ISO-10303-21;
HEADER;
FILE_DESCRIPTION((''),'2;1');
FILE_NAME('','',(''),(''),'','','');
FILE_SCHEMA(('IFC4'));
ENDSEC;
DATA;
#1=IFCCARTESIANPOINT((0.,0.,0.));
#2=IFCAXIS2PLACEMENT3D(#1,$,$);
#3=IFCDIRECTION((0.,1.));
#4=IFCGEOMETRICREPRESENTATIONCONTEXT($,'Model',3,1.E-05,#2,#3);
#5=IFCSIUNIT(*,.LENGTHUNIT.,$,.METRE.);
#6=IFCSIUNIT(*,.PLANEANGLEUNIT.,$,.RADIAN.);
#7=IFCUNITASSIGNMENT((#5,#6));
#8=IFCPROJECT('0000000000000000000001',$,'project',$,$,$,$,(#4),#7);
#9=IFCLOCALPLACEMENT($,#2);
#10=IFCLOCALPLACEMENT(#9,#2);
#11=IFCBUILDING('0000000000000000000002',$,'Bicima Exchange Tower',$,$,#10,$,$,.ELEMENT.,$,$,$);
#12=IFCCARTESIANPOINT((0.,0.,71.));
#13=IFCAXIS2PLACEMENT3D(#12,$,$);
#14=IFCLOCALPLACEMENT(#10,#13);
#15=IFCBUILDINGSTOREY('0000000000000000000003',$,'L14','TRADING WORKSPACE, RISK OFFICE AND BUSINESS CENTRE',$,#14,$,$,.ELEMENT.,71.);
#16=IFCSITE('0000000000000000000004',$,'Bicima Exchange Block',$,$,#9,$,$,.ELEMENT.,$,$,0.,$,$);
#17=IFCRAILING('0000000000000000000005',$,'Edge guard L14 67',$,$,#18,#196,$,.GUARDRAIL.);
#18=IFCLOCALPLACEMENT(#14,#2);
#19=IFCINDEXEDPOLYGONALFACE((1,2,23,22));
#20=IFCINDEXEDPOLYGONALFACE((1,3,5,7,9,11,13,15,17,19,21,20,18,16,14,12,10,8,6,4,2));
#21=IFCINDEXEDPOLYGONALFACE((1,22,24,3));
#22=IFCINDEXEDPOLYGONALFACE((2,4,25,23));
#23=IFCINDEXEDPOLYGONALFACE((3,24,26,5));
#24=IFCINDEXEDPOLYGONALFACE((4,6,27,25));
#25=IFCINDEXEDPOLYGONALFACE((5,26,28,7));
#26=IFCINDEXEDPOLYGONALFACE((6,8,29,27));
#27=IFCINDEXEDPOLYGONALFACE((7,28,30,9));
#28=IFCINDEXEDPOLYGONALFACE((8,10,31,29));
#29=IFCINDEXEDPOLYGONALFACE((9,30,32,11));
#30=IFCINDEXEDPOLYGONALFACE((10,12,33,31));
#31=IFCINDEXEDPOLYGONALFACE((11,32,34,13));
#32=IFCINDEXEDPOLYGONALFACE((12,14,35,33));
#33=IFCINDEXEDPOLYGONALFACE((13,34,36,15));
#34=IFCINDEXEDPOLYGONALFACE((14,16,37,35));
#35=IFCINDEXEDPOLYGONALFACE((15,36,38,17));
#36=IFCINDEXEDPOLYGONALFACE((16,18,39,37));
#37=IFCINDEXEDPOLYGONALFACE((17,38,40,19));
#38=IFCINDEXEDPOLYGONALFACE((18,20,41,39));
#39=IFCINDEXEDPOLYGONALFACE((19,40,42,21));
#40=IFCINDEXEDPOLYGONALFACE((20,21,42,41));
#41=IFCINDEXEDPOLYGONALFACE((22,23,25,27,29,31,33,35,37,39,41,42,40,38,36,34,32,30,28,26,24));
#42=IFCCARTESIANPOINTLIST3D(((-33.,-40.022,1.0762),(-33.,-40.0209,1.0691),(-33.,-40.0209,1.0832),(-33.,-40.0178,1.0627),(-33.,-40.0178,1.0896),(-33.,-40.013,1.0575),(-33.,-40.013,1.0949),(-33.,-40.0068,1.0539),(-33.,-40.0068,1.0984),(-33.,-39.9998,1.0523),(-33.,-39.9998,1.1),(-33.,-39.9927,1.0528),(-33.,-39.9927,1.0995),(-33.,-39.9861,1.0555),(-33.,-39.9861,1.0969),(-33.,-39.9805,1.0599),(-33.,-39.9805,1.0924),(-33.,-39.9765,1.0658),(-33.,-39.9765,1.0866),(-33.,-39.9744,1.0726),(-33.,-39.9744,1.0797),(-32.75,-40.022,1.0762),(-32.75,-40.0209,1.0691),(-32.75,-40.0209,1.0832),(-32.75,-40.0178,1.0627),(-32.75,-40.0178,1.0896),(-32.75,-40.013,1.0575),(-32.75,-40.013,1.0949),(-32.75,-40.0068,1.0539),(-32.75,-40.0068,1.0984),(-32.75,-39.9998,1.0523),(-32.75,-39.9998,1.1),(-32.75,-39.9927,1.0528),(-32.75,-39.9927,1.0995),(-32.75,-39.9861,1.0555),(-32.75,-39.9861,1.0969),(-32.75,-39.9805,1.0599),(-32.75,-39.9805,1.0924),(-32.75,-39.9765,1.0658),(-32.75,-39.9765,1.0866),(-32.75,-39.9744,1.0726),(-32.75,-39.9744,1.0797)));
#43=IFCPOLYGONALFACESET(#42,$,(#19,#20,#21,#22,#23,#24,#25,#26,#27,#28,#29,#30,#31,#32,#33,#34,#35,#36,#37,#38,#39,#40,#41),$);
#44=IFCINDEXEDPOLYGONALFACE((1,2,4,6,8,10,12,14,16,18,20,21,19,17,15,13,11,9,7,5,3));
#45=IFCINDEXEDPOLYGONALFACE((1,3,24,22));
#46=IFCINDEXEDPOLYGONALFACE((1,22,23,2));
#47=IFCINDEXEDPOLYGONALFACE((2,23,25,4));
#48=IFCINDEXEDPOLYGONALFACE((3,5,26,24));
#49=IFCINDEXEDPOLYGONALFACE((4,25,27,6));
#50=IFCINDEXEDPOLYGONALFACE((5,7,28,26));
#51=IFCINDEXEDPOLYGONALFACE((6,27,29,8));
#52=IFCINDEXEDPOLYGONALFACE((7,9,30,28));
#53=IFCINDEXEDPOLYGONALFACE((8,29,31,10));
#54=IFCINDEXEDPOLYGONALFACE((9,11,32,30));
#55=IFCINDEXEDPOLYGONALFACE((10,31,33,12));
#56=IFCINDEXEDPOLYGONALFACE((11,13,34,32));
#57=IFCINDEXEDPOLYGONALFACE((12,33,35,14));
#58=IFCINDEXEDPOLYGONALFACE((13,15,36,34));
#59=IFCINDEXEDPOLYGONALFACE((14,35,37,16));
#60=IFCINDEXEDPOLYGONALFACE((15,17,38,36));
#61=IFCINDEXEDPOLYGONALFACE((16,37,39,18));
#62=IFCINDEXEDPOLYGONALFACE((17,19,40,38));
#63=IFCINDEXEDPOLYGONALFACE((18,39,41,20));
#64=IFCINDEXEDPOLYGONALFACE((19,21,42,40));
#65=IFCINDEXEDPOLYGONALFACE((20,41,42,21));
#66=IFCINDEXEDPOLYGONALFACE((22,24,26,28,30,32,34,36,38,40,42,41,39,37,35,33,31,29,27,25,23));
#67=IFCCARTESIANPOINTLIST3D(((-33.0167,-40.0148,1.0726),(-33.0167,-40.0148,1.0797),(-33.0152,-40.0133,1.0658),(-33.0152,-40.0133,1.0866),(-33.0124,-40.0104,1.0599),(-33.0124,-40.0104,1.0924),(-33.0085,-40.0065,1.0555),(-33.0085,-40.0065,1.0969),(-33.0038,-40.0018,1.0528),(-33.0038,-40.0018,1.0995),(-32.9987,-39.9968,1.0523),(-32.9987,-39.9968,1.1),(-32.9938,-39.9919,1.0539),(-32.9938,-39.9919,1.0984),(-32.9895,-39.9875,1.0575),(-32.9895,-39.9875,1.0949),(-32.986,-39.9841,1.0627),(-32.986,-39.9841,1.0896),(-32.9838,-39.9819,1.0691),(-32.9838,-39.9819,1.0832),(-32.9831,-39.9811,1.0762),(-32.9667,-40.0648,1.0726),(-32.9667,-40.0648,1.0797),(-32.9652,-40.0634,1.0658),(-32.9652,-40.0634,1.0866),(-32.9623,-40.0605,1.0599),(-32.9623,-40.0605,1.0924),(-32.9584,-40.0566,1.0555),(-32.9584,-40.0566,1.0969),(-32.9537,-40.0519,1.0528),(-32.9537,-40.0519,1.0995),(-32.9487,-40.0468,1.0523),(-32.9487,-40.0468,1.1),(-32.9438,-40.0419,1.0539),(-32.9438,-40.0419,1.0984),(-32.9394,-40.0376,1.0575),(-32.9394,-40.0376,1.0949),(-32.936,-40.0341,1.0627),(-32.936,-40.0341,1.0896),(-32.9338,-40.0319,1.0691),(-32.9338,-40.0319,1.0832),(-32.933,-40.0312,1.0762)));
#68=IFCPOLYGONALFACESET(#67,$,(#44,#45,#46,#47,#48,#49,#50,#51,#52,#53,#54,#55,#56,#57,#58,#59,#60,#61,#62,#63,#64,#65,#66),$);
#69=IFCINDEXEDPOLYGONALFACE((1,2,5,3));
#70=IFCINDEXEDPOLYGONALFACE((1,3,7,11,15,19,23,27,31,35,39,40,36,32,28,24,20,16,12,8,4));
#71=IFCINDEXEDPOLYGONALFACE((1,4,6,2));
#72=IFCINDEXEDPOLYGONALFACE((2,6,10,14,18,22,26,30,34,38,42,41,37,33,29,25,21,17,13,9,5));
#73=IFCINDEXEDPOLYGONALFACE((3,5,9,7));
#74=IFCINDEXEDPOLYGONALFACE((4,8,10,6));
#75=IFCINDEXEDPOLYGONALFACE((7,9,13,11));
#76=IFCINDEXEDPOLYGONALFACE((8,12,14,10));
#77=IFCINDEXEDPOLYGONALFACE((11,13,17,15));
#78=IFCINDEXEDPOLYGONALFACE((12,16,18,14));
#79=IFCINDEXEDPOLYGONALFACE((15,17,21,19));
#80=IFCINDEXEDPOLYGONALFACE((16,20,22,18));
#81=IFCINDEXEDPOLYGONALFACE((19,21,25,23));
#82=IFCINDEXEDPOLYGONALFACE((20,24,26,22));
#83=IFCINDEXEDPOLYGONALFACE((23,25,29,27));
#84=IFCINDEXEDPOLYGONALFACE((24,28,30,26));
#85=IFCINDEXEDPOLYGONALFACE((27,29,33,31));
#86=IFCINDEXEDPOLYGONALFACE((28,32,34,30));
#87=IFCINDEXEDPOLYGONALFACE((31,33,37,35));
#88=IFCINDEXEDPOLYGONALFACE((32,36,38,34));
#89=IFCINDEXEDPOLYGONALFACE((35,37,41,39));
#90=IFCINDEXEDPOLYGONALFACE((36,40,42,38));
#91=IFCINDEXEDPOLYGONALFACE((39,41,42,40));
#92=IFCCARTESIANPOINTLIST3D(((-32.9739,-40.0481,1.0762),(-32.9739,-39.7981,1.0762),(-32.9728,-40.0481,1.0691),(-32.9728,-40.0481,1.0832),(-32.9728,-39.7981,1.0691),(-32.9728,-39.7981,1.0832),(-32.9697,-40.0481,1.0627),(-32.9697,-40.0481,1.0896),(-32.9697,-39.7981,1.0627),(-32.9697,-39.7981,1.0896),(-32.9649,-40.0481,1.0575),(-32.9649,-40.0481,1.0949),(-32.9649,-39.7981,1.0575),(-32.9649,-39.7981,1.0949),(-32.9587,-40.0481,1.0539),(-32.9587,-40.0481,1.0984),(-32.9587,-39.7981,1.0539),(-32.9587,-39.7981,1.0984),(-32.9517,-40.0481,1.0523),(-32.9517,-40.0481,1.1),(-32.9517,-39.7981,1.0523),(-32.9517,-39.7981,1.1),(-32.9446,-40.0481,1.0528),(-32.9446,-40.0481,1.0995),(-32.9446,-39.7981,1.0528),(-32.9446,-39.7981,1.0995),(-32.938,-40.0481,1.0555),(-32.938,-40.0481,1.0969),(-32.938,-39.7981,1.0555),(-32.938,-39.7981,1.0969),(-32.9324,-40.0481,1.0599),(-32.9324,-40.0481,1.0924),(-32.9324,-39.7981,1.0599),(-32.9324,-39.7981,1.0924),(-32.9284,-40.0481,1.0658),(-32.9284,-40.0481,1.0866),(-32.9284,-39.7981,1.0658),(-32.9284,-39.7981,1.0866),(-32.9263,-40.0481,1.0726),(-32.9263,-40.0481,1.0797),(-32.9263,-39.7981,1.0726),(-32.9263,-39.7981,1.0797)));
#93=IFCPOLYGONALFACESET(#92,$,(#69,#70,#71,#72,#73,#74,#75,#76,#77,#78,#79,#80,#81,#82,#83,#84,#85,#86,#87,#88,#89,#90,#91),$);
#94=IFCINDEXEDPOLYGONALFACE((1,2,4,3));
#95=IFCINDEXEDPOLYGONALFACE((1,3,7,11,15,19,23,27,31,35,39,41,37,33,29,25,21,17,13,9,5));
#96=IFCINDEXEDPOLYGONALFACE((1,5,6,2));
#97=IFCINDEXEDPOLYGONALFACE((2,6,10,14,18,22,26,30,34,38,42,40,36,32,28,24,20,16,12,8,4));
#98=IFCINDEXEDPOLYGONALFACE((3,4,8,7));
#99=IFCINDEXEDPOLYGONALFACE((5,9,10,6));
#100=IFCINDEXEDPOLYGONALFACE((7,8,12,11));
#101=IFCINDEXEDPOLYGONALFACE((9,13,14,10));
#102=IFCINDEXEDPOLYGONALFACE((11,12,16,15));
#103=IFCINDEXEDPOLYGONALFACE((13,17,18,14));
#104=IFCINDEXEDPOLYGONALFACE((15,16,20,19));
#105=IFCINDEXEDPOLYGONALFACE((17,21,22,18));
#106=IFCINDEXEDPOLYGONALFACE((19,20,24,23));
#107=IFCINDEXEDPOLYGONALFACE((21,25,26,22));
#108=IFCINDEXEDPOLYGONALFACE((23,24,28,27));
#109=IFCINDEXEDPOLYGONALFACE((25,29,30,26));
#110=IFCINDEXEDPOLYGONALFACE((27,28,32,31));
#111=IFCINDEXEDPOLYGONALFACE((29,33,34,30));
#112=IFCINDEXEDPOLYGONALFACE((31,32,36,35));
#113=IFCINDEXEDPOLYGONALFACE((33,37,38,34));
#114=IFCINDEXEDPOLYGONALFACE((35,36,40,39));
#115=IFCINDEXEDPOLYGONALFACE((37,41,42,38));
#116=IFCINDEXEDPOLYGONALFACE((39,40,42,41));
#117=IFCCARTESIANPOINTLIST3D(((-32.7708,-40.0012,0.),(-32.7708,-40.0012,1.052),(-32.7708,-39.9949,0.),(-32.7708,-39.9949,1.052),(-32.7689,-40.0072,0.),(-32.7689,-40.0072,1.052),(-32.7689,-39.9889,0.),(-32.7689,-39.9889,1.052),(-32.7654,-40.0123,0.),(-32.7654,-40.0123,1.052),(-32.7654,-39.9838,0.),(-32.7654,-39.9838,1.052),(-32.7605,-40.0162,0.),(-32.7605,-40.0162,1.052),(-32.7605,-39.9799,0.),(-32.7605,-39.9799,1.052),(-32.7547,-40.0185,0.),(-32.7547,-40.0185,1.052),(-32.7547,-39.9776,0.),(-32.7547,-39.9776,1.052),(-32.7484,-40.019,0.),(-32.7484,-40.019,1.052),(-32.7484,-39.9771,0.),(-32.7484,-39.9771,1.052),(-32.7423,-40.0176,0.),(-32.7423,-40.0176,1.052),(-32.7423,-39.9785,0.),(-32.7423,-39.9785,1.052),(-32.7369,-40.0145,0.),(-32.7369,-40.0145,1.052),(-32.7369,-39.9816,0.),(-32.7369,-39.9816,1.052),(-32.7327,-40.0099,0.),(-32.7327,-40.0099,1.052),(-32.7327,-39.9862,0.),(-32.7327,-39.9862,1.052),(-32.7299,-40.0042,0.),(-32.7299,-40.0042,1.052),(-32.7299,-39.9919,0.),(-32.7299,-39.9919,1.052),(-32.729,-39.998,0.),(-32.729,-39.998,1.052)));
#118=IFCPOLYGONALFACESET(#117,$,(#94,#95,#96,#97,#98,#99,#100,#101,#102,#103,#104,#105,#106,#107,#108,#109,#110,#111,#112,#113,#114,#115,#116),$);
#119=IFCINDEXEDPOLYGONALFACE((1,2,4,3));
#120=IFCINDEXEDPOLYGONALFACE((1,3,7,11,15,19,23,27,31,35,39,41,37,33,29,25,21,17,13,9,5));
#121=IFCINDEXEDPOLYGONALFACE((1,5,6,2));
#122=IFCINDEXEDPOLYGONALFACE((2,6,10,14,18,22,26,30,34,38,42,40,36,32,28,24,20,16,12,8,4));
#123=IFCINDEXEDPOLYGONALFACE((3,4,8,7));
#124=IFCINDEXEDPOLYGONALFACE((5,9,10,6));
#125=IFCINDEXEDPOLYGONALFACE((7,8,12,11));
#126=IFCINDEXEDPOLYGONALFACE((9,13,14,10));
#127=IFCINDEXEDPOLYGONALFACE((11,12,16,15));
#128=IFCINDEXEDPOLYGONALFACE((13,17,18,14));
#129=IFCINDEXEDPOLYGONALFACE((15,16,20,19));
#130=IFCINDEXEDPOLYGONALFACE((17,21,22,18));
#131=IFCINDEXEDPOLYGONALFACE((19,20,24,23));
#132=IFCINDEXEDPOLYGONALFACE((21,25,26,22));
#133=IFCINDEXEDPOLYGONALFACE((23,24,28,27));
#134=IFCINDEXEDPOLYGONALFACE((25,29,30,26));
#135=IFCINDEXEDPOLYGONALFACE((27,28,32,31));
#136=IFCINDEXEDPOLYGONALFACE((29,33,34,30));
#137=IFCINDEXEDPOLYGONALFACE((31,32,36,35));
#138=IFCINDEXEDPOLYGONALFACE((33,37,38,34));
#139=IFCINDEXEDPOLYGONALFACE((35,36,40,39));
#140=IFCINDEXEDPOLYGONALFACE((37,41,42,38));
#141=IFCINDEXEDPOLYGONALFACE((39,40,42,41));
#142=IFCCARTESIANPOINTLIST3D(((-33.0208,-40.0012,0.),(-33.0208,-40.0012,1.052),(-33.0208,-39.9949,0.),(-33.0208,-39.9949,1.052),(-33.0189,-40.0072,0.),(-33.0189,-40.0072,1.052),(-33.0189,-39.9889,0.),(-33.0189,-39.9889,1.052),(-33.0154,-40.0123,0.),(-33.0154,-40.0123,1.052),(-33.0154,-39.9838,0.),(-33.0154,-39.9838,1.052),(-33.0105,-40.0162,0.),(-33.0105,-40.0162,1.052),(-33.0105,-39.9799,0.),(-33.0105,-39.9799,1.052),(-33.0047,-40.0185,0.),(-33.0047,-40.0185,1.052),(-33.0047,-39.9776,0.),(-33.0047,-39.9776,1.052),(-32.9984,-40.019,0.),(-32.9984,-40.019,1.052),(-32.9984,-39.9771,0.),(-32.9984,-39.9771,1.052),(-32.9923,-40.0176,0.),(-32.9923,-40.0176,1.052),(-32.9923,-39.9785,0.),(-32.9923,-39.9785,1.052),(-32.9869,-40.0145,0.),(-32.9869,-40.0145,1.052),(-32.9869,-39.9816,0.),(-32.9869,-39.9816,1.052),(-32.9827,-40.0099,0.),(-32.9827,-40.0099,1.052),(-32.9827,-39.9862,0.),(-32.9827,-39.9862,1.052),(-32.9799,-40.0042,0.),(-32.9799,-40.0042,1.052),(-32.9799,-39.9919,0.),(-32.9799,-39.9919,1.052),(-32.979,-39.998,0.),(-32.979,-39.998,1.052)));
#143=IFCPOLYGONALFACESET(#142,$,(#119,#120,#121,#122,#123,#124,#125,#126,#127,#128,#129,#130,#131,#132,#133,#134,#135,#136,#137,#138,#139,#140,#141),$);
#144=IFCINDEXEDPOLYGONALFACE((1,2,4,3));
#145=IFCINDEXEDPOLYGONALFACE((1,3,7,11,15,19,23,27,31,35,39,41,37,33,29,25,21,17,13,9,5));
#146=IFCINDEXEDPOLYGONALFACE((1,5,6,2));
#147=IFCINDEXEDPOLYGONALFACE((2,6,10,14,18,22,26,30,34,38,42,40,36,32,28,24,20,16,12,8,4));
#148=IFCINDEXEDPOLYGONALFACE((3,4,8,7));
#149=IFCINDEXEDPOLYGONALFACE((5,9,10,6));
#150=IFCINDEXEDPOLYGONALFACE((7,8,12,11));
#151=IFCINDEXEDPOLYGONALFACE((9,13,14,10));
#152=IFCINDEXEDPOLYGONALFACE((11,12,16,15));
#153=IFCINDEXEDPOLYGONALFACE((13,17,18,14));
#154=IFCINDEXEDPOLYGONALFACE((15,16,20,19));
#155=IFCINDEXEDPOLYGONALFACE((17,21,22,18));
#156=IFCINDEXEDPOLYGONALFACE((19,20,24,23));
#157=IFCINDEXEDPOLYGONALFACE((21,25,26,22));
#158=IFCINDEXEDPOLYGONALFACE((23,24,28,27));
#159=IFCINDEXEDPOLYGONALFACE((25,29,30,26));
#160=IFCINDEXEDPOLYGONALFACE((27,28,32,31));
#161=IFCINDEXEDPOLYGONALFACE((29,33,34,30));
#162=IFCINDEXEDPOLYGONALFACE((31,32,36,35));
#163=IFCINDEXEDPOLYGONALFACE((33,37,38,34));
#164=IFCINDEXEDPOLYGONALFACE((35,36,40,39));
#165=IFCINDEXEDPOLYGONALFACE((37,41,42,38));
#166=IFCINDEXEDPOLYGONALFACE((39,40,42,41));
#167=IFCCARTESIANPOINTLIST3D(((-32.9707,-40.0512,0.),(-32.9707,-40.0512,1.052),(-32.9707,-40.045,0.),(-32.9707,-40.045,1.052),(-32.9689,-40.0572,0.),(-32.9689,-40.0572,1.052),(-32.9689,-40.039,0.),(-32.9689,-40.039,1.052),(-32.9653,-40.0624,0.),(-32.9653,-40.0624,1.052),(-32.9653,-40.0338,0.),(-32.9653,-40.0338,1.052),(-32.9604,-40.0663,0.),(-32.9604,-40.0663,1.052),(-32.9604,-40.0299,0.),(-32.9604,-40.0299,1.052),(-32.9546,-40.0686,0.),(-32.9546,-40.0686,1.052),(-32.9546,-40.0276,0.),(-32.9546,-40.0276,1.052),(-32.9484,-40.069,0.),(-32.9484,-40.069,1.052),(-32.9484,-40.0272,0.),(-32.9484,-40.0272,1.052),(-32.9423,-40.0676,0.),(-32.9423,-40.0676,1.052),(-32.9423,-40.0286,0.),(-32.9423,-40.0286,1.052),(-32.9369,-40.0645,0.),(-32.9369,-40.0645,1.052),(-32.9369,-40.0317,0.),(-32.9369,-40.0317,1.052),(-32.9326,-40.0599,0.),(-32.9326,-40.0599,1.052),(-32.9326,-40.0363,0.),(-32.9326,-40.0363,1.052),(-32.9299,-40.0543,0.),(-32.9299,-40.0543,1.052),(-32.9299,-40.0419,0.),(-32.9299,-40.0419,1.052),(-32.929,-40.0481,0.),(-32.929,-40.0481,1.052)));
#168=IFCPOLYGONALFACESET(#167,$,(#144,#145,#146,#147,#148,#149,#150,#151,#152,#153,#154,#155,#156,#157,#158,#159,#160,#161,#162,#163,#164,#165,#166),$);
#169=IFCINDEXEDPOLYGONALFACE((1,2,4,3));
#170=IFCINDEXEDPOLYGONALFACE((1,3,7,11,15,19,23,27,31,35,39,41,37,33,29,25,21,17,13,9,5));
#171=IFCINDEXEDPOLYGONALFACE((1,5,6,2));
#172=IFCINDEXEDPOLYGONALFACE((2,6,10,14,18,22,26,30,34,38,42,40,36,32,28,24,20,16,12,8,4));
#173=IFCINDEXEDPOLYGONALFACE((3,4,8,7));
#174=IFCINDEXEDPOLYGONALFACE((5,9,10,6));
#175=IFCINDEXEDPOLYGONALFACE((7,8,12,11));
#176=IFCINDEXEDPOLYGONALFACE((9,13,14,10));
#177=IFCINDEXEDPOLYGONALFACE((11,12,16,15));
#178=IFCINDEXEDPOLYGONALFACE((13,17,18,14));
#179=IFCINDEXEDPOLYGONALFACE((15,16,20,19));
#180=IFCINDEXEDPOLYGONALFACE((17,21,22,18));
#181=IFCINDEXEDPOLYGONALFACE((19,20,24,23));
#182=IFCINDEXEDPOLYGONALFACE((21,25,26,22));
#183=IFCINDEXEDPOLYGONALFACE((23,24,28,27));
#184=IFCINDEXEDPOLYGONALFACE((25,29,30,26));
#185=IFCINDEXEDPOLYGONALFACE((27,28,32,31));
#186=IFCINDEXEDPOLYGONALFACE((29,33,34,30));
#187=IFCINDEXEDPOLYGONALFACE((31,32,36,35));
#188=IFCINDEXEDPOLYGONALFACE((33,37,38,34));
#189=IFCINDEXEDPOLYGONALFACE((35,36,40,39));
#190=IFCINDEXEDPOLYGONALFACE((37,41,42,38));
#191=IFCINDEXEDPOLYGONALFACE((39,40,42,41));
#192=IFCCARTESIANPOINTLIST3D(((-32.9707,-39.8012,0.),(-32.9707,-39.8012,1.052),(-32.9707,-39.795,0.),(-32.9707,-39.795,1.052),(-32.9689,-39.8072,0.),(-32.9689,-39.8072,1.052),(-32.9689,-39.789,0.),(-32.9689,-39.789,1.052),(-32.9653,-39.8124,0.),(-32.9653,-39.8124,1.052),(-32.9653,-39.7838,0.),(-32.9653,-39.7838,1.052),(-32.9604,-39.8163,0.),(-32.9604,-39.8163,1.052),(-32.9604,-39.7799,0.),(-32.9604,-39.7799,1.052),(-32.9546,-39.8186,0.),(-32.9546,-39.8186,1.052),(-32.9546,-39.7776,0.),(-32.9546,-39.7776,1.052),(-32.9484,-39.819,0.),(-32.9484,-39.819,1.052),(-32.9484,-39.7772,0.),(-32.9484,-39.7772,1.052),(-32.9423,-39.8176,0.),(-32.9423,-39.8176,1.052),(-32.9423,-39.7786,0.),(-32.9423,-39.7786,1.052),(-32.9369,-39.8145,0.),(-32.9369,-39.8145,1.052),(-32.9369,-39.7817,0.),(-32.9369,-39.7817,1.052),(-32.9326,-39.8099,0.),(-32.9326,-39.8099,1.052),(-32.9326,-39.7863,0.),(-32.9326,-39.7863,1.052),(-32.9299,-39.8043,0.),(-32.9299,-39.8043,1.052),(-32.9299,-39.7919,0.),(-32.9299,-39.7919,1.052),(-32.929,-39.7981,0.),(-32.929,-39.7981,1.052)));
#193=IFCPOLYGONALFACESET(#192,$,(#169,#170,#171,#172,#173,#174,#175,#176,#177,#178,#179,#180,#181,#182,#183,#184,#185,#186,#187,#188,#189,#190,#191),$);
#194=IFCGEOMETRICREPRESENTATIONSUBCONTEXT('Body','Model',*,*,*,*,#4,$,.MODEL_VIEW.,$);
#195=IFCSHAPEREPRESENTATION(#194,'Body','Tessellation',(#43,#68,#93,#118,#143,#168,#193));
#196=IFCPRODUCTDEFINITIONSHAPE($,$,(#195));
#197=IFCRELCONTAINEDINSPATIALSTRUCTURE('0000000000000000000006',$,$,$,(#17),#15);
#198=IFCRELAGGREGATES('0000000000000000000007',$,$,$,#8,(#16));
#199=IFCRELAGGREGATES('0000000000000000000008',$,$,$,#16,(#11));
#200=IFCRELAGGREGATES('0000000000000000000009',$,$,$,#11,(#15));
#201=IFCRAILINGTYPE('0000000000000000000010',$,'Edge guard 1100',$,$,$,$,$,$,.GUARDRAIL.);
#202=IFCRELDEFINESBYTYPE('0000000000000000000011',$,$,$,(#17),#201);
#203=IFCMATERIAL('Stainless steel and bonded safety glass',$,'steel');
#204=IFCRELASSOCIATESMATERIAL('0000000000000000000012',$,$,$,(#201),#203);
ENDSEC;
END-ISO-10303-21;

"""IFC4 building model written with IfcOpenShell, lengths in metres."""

from ifc_helpers import new_model, si_unit, direction, frame, origin, origin_2d, place, context, subcontext, project, spatial, circle, extrude, material, type_object, element, save


model = new_model("IFC4")

# Units and contexts
model_context = context("Model", 3, precision=1e-05, world=origin(), true_north=direction((0.0, 1.0)))
body_context = subcontext(model_context, "Body", "Model", "MODEL_VIEW")
ifc_project = project(units=[si_unit("LENGTHUNIT", "METRE"), si_unit("PLANEANGLEUNIT", "RADIAN")], contexts=[model_context])

# Site, building, storey
site_placement = place(None, origin())
site = spatial("IfcSite", under=ifc_project, at=site_placement, Name="Bicima Exchange Block", CompositionType="ELEMENT", RefElevation=0.0)
building_placement = place(site_placement, origin())
building = spatial("IfcBuilding", under=site, at=building_placement, Name="Bicima Exchange Tower", CompositionType="ELEMENT")
storey_placement = place(building_placement, frame((0.0, 0.0, 71.0)))
storey = spatial("IfcBuildingStorey", under=building, at=storey_placement, Name="L14", Description="TRADING WORKSPACE, RISK OFFICE AND BUSINESS CENTRE", CompositionType="ELEMENT", Elevation=71.0)

# Railing
ifc_material_1 = material(Name="Stainless steel and bonded safety glass", Category="steel")
railing_type = type_object("IfcRailingType", Name="Edge guard 1100", PredefinedType="GUARDRAIL", material=ifc_material_1)
railing_1_placement = place(storey_placement, frame((-32.75, -39.998, 0.0)))
element("IfcRailing", 1, at=railing_1_placement, inside=storey, type_object=railing_type, Name="Edge guard L14 67", PredefinedType="GUARDRAIL", context=body_context, shape_type="SweptSolid", body=[
    extrude(circle(Radius=0.0239, at=origin_2d()), frame((0.0, 0.0, 1.0762), z_axis=(-1.0, 0.0, 0.0), x_axis=(0.0, -1.0, 0.0)), (0.0, 0.0, 1.0), 0.25),
    extrude(circle(Radius=0.0239, at=origin_2d()), frame((-0.25, 0.0, 1.0762), z_axis=(0.707107, -0.707107, 0.0), x_axis=(0.707107, 0.707107, 0.0)), (0.0, 0.0, 1.0), 0.0708),
    extrude(circle(Radius=0.0239, at=origin_2d()), frame((-0.2, -0.05, 1.0762), z_axis=(0.0, 1.0, 0.0), x_axis=(-1.0, 0.0, 0.0)), (0.0, 0.0, 1.0), 0.25),
    extrude(circle(Radius=0.021, at=origin_2d()), origin(), (0.0, 0.0, 1.0), 1.052),
    extrude(circle(Radius=0.021, at=origin_2d()), frame((-0.25, 0.0, 0.0)), (0.0, 0.0, 1.0), 1.052),
    extrude(circle(Radius=0.021, at=origin_2d()), frame((-0.2, -0.05, 0.0)), (0.0, 0.0, 1.0), 1.052),
    extrude(circle(Radius=0.021, at=origin_2d()), frame((-0.2, 0.2, 0.0)), (0.0, 0.0, 1.0), 1.052),
])

save(model, "model.ifc")
